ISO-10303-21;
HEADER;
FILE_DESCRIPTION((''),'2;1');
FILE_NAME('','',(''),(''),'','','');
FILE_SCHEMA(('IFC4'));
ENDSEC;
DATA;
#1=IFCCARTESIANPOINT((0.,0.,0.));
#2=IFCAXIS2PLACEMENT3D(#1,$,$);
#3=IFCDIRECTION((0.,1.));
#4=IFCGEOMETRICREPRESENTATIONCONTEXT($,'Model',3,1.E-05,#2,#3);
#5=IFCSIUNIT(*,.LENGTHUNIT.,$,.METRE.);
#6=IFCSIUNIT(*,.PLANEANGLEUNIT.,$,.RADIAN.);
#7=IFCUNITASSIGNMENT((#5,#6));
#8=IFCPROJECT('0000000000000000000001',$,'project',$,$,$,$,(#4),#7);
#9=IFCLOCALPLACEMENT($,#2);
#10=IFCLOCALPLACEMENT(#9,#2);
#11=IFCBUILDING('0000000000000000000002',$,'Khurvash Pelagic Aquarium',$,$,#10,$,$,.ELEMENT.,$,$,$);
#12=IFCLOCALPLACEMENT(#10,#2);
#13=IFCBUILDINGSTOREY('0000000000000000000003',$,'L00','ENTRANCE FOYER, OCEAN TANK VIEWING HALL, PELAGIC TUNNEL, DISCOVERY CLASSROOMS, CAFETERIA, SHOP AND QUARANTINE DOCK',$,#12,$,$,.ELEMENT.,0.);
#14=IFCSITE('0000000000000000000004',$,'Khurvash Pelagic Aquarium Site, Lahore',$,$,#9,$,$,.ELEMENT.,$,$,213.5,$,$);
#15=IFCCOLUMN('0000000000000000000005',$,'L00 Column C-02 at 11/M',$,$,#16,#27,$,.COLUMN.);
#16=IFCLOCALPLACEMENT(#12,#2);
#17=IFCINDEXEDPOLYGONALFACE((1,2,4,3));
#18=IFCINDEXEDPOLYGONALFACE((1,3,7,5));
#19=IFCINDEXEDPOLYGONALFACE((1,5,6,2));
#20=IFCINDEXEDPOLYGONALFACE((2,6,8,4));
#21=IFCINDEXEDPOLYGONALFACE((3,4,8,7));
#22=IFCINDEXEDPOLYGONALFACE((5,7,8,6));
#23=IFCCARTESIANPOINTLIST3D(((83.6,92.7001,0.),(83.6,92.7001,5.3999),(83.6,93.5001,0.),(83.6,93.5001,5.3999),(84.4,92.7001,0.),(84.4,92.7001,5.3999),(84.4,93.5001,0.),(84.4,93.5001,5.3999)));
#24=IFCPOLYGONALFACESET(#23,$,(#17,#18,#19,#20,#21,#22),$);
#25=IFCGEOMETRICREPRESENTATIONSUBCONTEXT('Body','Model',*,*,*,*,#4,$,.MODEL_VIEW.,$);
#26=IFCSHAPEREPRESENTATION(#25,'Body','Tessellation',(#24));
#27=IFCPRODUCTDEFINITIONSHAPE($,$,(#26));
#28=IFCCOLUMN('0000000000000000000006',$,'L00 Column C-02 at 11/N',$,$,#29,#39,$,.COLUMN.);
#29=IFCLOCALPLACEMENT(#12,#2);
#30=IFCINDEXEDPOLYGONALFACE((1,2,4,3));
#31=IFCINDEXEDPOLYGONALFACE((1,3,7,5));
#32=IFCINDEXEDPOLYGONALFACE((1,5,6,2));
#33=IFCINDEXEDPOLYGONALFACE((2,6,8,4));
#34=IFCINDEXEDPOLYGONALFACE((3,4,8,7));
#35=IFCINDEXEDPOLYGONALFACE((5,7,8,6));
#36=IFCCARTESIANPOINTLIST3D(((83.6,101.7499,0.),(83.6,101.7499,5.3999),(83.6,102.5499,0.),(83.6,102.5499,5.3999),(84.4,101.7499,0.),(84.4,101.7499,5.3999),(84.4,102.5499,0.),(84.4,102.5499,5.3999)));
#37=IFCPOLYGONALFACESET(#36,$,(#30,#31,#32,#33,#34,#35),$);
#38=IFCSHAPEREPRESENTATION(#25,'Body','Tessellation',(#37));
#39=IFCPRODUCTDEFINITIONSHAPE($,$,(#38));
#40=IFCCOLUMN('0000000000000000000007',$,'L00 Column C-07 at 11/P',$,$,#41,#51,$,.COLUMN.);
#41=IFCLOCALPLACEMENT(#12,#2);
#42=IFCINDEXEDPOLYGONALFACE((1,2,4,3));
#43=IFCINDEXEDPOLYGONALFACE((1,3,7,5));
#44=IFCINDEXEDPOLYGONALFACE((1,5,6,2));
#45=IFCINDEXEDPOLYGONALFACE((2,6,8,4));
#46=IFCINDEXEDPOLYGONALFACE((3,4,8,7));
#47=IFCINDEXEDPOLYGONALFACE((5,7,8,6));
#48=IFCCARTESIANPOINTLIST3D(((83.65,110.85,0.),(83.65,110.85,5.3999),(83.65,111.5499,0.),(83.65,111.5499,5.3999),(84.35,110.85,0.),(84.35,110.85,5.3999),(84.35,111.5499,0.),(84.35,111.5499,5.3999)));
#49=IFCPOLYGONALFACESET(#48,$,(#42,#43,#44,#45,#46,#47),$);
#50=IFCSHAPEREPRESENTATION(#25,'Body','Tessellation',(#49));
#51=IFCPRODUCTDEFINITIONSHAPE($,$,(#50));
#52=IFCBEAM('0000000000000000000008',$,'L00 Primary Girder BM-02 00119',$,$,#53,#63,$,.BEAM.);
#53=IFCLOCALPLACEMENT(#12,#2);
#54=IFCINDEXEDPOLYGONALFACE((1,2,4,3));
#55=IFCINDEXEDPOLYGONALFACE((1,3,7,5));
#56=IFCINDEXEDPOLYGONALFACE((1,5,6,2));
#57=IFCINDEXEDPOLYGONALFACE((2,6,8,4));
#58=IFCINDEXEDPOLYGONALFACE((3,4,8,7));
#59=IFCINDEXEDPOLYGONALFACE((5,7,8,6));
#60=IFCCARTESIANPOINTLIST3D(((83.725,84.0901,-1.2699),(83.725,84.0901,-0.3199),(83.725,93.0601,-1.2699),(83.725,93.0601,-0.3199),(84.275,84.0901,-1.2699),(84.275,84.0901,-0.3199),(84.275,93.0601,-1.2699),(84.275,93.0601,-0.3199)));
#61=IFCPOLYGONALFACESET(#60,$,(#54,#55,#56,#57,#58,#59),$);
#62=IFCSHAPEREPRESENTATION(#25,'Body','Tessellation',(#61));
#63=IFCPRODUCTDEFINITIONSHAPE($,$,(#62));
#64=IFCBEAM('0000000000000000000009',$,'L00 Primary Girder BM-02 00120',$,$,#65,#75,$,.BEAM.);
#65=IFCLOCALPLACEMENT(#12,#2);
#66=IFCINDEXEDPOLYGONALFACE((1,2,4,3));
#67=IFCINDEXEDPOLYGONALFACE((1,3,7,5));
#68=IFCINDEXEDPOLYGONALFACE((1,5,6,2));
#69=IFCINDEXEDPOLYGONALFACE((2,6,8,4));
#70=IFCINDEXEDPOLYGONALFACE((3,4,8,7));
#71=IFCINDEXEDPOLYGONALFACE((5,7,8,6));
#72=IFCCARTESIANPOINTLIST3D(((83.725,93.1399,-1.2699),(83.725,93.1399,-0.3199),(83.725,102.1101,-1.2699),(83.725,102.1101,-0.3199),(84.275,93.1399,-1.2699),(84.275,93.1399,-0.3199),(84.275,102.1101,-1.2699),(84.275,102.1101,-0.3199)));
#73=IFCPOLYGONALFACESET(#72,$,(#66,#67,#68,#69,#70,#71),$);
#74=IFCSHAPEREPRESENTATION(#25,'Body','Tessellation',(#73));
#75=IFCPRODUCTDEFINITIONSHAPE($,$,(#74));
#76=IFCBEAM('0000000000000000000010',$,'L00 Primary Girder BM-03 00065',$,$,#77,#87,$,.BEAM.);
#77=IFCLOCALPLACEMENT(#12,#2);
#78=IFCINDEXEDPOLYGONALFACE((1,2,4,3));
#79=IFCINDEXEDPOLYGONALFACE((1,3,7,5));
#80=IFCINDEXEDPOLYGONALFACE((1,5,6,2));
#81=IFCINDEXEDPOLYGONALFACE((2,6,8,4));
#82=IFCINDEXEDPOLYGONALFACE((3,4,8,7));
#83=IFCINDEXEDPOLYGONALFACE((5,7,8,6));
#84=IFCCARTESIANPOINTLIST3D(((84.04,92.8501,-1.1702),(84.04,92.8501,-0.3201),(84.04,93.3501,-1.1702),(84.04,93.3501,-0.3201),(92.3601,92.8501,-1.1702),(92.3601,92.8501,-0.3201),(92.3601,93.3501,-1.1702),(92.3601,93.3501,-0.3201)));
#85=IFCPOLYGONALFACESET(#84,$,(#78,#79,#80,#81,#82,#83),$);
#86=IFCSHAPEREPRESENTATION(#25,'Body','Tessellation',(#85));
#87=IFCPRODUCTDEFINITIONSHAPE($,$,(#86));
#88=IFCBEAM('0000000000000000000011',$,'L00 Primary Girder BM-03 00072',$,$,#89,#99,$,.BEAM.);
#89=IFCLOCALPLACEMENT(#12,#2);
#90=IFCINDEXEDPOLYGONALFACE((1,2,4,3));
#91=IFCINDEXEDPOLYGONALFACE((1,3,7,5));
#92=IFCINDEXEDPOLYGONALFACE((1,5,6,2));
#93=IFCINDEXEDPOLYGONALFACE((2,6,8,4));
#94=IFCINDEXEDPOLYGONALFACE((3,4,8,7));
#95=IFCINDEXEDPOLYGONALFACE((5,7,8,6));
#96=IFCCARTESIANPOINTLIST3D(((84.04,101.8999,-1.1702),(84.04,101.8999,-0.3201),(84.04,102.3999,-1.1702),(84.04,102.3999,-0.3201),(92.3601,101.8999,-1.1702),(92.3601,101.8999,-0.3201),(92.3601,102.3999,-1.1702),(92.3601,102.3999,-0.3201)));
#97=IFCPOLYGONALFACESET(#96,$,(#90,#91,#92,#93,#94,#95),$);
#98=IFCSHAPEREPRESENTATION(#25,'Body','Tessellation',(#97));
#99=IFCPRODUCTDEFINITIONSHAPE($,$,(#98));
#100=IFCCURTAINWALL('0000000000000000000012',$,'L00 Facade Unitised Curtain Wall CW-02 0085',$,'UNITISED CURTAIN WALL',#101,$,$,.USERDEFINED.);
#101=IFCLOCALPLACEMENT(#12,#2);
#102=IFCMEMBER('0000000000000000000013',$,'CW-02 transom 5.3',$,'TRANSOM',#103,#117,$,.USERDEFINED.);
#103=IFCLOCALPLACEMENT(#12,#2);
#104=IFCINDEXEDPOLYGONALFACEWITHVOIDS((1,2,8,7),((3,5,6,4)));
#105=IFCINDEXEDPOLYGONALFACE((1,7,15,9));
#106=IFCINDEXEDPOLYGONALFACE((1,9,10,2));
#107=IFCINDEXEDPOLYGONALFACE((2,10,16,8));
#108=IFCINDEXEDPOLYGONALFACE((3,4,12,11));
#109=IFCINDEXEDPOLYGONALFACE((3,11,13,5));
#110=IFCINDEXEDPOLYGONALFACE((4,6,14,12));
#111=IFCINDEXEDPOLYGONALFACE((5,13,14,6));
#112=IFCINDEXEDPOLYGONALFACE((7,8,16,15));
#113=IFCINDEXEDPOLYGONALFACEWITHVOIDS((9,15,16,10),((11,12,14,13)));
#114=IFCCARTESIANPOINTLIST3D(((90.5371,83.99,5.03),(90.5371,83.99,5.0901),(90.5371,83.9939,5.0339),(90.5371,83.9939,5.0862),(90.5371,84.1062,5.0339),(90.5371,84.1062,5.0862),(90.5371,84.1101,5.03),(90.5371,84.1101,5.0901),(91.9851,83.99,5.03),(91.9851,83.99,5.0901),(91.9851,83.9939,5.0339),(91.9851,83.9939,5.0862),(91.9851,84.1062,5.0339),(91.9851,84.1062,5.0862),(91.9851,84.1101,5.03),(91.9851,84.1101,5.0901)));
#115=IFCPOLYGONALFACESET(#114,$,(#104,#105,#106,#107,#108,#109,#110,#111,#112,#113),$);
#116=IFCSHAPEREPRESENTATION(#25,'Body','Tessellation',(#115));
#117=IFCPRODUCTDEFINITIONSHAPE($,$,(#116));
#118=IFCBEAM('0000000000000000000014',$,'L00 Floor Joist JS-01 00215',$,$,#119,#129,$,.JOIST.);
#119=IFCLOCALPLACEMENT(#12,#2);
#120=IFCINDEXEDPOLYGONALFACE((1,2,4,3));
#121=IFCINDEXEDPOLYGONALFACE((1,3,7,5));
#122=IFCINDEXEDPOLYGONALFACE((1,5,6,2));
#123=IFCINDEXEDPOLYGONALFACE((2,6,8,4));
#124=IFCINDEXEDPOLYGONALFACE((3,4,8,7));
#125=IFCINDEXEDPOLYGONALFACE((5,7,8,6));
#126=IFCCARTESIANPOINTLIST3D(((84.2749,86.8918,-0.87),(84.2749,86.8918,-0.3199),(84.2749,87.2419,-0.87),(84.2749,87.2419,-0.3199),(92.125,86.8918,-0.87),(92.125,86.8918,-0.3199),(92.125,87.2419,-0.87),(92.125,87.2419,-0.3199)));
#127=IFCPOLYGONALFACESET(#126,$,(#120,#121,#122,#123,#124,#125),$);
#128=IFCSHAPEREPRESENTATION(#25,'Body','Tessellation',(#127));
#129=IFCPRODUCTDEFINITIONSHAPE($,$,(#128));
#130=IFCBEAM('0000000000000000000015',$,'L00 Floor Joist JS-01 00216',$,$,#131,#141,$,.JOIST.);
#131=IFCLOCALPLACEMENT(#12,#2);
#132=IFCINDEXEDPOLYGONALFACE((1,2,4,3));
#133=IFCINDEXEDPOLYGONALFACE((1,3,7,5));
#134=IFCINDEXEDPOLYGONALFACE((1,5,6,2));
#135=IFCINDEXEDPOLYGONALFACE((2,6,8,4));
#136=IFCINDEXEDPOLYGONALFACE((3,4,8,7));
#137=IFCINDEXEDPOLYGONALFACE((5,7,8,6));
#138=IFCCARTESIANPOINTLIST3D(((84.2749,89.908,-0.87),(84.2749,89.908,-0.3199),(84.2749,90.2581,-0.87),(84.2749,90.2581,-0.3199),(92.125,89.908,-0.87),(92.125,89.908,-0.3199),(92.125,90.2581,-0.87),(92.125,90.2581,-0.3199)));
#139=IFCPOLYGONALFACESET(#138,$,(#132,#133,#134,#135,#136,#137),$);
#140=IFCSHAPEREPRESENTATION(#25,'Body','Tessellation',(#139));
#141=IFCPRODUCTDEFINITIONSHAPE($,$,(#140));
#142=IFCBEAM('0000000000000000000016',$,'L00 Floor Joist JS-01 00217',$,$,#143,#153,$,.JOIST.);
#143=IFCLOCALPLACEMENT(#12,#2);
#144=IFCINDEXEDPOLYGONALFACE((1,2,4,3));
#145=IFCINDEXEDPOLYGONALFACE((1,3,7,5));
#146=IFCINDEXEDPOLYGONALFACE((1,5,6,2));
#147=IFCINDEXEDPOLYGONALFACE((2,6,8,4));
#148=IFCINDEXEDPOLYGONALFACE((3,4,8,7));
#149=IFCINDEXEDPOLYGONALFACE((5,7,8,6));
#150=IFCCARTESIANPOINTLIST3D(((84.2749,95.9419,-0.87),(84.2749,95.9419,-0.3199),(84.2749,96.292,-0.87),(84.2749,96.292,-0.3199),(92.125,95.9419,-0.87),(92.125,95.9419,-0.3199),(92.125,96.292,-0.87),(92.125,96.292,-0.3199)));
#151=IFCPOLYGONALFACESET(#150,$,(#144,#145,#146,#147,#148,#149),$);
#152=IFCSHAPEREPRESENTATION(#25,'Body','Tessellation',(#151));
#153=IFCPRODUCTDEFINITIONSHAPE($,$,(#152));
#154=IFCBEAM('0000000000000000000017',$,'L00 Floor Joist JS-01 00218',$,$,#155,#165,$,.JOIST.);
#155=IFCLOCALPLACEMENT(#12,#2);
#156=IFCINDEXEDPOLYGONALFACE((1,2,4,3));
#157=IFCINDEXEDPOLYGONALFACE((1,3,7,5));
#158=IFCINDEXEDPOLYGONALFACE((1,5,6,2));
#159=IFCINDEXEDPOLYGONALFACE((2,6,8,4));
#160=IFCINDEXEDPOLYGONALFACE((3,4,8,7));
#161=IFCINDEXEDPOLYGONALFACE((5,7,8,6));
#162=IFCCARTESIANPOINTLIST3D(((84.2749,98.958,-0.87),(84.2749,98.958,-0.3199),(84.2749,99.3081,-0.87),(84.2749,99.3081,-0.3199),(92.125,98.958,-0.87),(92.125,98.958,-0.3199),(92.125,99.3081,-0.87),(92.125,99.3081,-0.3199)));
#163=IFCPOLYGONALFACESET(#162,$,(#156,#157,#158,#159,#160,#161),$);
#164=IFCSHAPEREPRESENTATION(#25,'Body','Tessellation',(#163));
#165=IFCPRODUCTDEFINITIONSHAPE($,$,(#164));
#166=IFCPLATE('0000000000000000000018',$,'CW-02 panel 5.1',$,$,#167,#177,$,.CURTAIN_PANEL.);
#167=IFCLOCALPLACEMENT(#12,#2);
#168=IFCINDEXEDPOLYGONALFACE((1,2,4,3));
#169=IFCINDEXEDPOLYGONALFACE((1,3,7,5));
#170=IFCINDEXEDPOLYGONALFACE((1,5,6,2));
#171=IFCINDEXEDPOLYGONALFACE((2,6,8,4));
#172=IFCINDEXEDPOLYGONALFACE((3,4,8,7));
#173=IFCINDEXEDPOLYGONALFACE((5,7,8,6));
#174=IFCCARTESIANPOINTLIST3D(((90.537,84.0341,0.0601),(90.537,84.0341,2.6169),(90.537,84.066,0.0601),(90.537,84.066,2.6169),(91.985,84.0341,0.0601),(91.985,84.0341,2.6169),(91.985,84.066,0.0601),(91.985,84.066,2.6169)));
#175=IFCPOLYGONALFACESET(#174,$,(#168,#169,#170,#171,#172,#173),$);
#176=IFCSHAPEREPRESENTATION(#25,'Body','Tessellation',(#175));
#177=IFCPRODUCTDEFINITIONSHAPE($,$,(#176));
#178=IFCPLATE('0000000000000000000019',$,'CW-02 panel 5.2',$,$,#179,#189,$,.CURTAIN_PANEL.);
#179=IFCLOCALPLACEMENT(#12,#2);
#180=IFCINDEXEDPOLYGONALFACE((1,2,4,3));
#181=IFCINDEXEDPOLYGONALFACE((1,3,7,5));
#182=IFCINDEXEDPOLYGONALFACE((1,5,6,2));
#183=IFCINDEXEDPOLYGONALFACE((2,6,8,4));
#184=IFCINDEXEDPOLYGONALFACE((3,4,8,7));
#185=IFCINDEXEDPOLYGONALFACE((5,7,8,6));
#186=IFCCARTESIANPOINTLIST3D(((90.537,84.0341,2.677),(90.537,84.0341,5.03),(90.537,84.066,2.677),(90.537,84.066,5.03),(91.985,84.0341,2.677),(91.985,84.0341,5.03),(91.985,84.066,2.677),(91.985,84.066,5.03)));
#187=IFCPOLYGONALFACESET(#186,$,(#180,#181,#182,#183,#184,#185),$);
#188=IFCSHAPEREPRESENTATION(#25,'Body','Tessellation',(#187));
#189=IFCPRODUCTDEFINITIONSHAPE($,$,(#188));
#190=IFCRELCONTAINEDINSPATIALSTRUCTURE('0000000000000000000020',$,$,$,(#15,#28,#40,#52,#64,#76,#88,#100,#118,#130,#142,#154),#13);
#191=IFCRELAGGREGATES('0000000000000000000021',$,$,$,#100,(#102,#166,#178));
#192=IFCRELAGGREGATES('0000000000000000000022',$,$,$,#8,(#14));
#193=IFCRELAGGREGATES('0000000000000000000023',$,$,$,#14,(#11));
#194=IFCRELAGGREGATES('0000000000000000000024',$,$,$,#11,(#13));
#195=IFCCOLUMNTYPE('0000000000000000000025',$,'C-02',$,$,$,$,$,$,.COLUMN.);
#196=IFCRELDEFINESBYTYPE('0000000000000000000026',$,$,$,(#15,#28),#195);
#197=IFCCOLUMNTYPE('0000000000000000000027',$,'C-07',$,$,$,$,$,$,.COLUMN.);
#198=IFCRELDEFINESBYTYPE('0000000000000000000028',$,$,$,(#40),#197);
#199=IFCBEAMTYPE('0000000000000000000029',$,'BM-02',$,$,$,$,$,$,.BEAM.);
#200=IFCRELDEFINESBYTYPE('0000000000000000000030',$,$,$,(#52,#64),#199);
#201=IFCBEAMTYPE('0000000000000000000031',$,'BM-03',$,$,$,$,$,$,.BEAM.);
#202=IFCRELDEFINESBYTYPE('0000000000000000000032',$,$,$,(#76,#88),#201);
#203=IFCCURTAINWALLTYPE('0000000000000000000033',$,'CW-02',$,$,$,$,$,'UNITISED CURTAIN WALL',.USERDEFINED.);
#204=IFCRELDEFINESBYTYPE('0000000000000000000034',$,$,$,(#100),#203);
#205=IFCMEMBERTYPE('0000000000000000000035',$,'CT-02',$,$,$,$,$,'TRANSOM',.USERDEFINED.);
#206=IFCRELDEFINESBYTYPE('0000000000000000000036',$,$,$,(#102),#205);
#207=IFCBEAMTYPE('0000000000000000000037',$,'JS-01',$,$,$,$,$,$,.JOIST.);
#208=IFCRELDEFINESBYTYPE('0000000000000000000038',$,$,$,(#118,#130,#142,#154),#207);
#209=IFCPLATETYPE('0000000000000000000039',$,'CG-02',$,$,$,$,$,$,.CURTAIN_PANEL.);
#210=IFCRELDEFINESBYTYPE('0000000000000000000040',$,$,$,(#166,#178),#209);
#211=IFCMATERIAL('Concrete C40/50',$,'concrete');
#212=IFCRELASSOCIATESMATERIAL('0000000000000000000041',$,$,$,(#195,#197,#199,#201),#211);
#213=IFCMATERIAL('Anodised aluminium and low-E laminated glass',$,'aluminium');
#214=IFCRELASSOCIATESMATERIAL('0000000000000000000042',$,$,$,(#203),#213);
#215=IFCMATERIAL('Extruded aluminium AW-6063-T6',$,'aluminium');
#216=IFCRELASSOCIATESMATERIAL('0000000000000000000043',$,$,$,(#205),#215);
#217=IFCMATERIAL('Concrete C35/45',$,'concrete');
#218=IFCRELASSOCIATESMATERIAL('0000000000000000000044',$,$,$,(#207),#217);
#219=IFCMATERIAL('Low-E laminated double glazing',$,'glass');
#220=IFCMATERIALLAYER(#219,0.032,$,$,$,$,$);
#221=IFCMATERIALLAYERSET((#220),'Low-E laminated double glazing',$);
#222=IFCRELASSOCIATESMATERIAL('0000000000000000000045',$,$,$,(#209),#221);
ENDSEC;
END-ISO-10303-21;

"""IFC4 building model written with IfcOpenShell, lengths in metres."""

from ifc_helpers import new_model, si_unit, direction, frame, origin, origin_2d, place, context, subcontext, project, spatial, rectangle, hollow_rectangle, extrude, material, layer, layer_set, material_profile, profile_set, type_object, element, aggregate, save


model = new_model("IFC4")

# Units and contexts
model_context = context("Model", 3, precision=1e-05, world=origin(), true_north=direction((0.0, 1.0)))
body_context = subcontext(model_context, "Body", "Model", "MODEL_VIEW")
ifc_project = project(units=[si_unit("LENGTHUNIT", "METRE"), si_unit("PLANEANGLEUNIT", "RADIAN")], contexts=[model_context])

# Site, building, storey
site_placement = place(None, origin())
site = spatial("IfcSite", under=ifc_project, at=site_placement, Name="Khurvash Pelagic Aquarium Site, Lahore", CompositionType="ELEMENT", RefElevation=213.5)
building_placement = place(site_placement, origin())
building = spatial("IfcBuilding", under=site, at=building_placement, Name="Khurvash Pelagic Aquarium", CompositionType="ELEMENT")
storey_placement = place(building_placement, origin())
storey = spatial("IfcBuildingStorey", under=building, at=storey_placement, Name="L00", Description="ENTRANCE FOYER, OCEAN TANK VIEWING HALL, PELAGIC TUNNEL, DISCOVERY CLASSROOMS, CAFETERIA, SHOP AND QUARANTINE DOCK", CompositionType="ELEMENT", Elevation=0.0)

# Columns
ifc_material_1 = material(Name="Concrete C40/50", Category="concrete")
ifc_material_profile_1 = material_profile(ifc_material_1, rectangle(XDim=0.8, YDim=0.8, at=origin_2d()), Name="RC800X800")
ifc_profile_set_1 = profile_set([ifc_material_profile_1], Name="Concrete C40/50")
column_type_1 = type_object("IfcColumnType", Name="C-02", PredefinedType="COLUMN", material=ifc_profile_set_1)
for number, where, z_axis, x_axis, name in (
    (1, (84.0, 93.1001, 0.0), (0.0, 0.0, 1.0), (1.0, 0.0, 0.0), "L00 Column C-02 at 11/M"),
    (2, (84.0, 102.1499, 0.0), (0.0, 0.0, 1.0), (1.0, 0.0, 0.0), "L00 Column C-02 at 11/N"),
):
    element("IfcColumn", number, at=place(storey_placement, frame(where, z_axis=z_axis, x_axis=x_axis)), inside=storey, type_object=column_type_1, Name=name, PredefinedType="COLUMN", context=body_context, shape_type="SweptSolid", body=[
        extrude(rectangle(XDim=0.8, YDim=0.8, at=origin_2d()), origin(), (0.0, 0.0, 1.0), 5.3999),
    ])
ifc_material_profile_2 = material_profile(ifc_material_1, rectangle(XDim=0.7, YDim=0.7, at=origin_2d()), Name="RC700X700")
ifc_profile_set_2 = profile_set([ifc_material_profile_2], Name="Concrete C40/50")
column_type_2 = type_object("IfcColumnType", Name="C-07", PredefinedType="COLUMN", material=ifc_profile_set_2)
column_placement = place(storey_placement, frame((84.0, 111.2, 0.0), z_axis=(0.0, 0.0, 1.0), x_axis=(1.0, 0.0, 0.0)))
element("IfcColumn", 3, at=column_placement, inside=storey, type_object=column_type_2, Name="L00 Column C-07 at 11/P", PredefinedType="COLUMN", context=body_context, shape_type="SweptSolid", body=[
    extrude(rectangle(XDim=0.7, YDim=0.7, at=origin_2d()), origin(), (0.0, 0.0, 1.0), 5.3999),
])

# Beams
ifc_material_profile_3 = material_profile(ifc_material_1, rectangle(XDim=0.55, YDim=0.95, at=origin_2d()), Name="RC550X950")
ifc_profile_set_3 = profile_set([ifc_material_profile_3], Name="Concrete C40/50")
beam_type_1 = type_object("IfcBeamType", Name="BM-02", PredefinedType="BEAM", material=ifc_profile_set_3)
beam_1_placement = place(storey_placement, frame((84.0, 84.0901, -0.7949), z_axis=(0.0, 1.0, 0.0), x_axis=(-1.0, 0.0, 0.0)))
element("IfcBeam", 4, at=beam_1_placement, inside=storey, type_object=beam_type_1, Name="L00 Primary Girder BM-02 00119", PredefinedType="BEAM", context=body_context, shape_type="SweptSolid", body=[
    extrude(rectangle(XDim=0.55, YDim=0.95, at=origin_2d()), origin(), (0.0, 0.0, 1.0), 8.97),
])
beam_2_placement = place(storey_placement, frame((84.0, 93.1399, -0.7949), z_axis=(0.0, 1.0, 0.0), x_axis=(-1.0, 0.0, 0.0)))
element("IfcBeam", 5, at=beam_2_placement, inside=storey, type_object=beam_type_1, Name="L00 Primary Girder BM-02 00120", PredefinedType="BEAM", context=body_context, shape_type="SweptSolid", body=[
    extrude(rectangle(XDim=0.55, YDim=0.95, at=origin_2d()), origin(), (0.0, 0.0, 1.0), 8.9702),
])
ifc_material_profile_4 = material_profile(ifc_material_1, rectangle(XDim=0.5, YDim=0.8501, at=origin_2d()), Name="RC500X850")
ifc_profile_set_4 = profile_set([ifc_material_profile_4], Name="Concrete C40/50")
beam_type_2 = type_object("IfcBeamType", Name="BM-03", PredefinedType="BEAM", material=ifc_profile_set_4)
for number, where, z_axis, x_axis, name in (
    (6, (84.04, 93.1001, -0.7451), (1.0, 0.0, 0.0), (0.0, 1.0, 0.0), "L00 Primary Girder BM-03 00065"),
    (7, (84.04, 102.1499, -0.7451), (1.0, 0.0, 0.0), (0.0, 1.0, 0.0), "L00 Primary Girder BM-03 00072"),
):
    element("IfcBeam", number, at=place(storey_placement, frame(where, z_axis=z_axis, x_axis=x_axis)), inside=storey, type_object=beam_type_2, Name=name, PredefinedType="BEAM", context=body_context, shape_type="SweptSolid", body=[
        extrude(rectangle(XDim=0.5, YDim=0.8501, at=origin_2d()), origin(), (0.0, 0.0, 1.0), 8.3201),
    ])

# Curtain wall, member
ifc_material_2 = material(Name="Anodised aluminium and low-E laminated glass", Category="aluminium")
curtain_wall_type = type_object("IfcCurtainWallType", Name="CW-02", ElementType="UNITISED CURTAIN WALL", PredefinedType="USERDEFINED", material=ifc_material_2)
curtain_wall_placement = place(storey_placement, origin())
curtain_wall = element("IfcCurtainWall", 8, at=curtain_wall_placement, inside=storey, type_object=curtain_wall_type, Name="L00 Facade Unitised Curtain Wall CW-02 0085", ObjectType="UNITISED CURTAIN WALL", PredefinedType="USERDEFINED")
ifc_material_3 = material(Name="Extruded aluminium AW-6063-T6", Category="aluminium")
ifc_material_profile_5 = material_profile(ifc_material_3, hollow_rectangle(XDim=0.1201, YDim=0.0601, WallThickness=0.0039, at=origin_2d()), Name="CWT120X60X4")
ifc_profile_set_5 = profile_set([ifc_material_profile_5], Name="Extruded aluminium AW-6063-T6")
member_type = type_object("IfcMemberType", Name="CT-02", ElementType="TRANSOM", PredefinedType="USERDEFINED", material=ifc_profile_set_5)
member_placement = place(storey_placement, frame((90.5371, 84.05, 5.0601), z_axis=(1.0, 0.0, 0.0), x_axis=(0.0, 1.0, 0.0)))
member = element("IfcMember", 9, at=member_placement, type_object=member_type, Name="CW-02 transom 5.3", ObjectType="TRANSOM", PredefinedType="USERDEFINED", context=body_context, shape_type="SweptSolid", body=[
    extrude(hollow_rectangle(XDim=0.1201, YDim=0.0601, WallThickness=0.0039, at=origin_2d()), origin(), (0.0, 0.0, 1.0), 1.448),
])

# Beams
ifc_material_4 = material(Name="Concrete C35/45", Category="concrete")
ifc_material_profile_6 = material_profile(ifc_material_4, rectangle(XDim=0.3501, YDim=0.55, at=origin_2d()), Name="RC350X550")
ifc_profile_set_6 = profile_set([ifc_material_profile_6], Name="Concrete C35/45")
beam_type_3 = type_object("IfcBeamType", Name="JS-01", PredefinedType="JOIST", material=ifc_profile_set_6)
for number, where, z_axis, x_axis, name in (
    (10, (84.2749, 87.0669, -0.595), (1.0, 0.0, 0.0), (0.0, 1.0, 0.0), "L00 Floor Joist JS-01 00215"),
    (11, (84.2749, 90.083, -0.595), (1.0, 0.0, 0.0), (0.0, 1.0, 0.0), "L00 Floor Joist JS-01 00216"),
    (12, (84.2749, 96.1169, -0.595), (1.0, 0.0, 0.0), (0.0, 1.0, 0.0), "L00 Floor Joist JS-01 00217"),
    (13, (84.2749, 99.1331, -0.595), (1.0, 0.0, 0.0), (0.0, 1.0, 0.0), "L00 Floor Joist JS-01 00218"),
):
    element("IfcBeam", number, at=place(storey_placement, frame(where, z_axis=z_axis, x_axis=x_axis)), inside=storey, type_object=beam_type_3, Name=name, PredefinedType="JOIST", context=body_context, shape_type="SweptSolid", body=[
        extrude(rectangle(XDim=0.3501, YDim=0.55, at=origin_2d()), origin(), (0.0, 0.0, 1.0), 7.8501),
    ])

# Plates
ifc_material_5 = material(Name="Low-E laminated double glazing", Category="glass")
ifc_layer_1 = layer(ifc_material_5, 0.032)
ifc_layer_set_1 = layer_set([ifc_layer_1], Name="Low-E laminated double glazing")
plate_type = type_object("IfcPlateType", Name="CG-02", PredefinedType="CURTAIN_PANEL", material=ifc_layer_set_1)
plate_1_placement = place(storey_placement, frame((91.261, 84.05, 0.0601), z_axis=(0.0, 0.0, 1.0), x_axis=(1.0, 0.0, 0.0)))
plate_1 = element("IfcPlate", 14, at=plate_1_placement, type_object=plate_type, Name="CW-02 panel 5.1", PredefinedType="CURTAIN_PANEL", context=body_context, shape_type="SweptSolid", body=[
    extrude(rectangle(XDim=1.448, YDim=0.032, at=origin_2d()), origin(), (0.0, 0.0, 1.0), 2.5569),
])
plate_2_placement = place(storey_placement, frame((91.261, 84.05, 2.677), z_axis=(0.0, 0.0, 1.0), x_axis=(1.0, 0.0, 0.0)))
plate_2 = element("IfcPlate", 15, at=plate_2_placement, type_object=plate_type, Name="CW-02 panel 5.2", PredefinedType="CURTAIN_PANEL", context=body_context, shape_type="SweptSolid", body=[
    extrude(rectangle(XDim=1.448, YDim=0.032, at=origin_2d()), origin(), (0.0, 0.0, 1.0), 2.353),
])
aggregate(curtain_wall, [member, plate_1, plate_2])

save(model, "model.ifc")
